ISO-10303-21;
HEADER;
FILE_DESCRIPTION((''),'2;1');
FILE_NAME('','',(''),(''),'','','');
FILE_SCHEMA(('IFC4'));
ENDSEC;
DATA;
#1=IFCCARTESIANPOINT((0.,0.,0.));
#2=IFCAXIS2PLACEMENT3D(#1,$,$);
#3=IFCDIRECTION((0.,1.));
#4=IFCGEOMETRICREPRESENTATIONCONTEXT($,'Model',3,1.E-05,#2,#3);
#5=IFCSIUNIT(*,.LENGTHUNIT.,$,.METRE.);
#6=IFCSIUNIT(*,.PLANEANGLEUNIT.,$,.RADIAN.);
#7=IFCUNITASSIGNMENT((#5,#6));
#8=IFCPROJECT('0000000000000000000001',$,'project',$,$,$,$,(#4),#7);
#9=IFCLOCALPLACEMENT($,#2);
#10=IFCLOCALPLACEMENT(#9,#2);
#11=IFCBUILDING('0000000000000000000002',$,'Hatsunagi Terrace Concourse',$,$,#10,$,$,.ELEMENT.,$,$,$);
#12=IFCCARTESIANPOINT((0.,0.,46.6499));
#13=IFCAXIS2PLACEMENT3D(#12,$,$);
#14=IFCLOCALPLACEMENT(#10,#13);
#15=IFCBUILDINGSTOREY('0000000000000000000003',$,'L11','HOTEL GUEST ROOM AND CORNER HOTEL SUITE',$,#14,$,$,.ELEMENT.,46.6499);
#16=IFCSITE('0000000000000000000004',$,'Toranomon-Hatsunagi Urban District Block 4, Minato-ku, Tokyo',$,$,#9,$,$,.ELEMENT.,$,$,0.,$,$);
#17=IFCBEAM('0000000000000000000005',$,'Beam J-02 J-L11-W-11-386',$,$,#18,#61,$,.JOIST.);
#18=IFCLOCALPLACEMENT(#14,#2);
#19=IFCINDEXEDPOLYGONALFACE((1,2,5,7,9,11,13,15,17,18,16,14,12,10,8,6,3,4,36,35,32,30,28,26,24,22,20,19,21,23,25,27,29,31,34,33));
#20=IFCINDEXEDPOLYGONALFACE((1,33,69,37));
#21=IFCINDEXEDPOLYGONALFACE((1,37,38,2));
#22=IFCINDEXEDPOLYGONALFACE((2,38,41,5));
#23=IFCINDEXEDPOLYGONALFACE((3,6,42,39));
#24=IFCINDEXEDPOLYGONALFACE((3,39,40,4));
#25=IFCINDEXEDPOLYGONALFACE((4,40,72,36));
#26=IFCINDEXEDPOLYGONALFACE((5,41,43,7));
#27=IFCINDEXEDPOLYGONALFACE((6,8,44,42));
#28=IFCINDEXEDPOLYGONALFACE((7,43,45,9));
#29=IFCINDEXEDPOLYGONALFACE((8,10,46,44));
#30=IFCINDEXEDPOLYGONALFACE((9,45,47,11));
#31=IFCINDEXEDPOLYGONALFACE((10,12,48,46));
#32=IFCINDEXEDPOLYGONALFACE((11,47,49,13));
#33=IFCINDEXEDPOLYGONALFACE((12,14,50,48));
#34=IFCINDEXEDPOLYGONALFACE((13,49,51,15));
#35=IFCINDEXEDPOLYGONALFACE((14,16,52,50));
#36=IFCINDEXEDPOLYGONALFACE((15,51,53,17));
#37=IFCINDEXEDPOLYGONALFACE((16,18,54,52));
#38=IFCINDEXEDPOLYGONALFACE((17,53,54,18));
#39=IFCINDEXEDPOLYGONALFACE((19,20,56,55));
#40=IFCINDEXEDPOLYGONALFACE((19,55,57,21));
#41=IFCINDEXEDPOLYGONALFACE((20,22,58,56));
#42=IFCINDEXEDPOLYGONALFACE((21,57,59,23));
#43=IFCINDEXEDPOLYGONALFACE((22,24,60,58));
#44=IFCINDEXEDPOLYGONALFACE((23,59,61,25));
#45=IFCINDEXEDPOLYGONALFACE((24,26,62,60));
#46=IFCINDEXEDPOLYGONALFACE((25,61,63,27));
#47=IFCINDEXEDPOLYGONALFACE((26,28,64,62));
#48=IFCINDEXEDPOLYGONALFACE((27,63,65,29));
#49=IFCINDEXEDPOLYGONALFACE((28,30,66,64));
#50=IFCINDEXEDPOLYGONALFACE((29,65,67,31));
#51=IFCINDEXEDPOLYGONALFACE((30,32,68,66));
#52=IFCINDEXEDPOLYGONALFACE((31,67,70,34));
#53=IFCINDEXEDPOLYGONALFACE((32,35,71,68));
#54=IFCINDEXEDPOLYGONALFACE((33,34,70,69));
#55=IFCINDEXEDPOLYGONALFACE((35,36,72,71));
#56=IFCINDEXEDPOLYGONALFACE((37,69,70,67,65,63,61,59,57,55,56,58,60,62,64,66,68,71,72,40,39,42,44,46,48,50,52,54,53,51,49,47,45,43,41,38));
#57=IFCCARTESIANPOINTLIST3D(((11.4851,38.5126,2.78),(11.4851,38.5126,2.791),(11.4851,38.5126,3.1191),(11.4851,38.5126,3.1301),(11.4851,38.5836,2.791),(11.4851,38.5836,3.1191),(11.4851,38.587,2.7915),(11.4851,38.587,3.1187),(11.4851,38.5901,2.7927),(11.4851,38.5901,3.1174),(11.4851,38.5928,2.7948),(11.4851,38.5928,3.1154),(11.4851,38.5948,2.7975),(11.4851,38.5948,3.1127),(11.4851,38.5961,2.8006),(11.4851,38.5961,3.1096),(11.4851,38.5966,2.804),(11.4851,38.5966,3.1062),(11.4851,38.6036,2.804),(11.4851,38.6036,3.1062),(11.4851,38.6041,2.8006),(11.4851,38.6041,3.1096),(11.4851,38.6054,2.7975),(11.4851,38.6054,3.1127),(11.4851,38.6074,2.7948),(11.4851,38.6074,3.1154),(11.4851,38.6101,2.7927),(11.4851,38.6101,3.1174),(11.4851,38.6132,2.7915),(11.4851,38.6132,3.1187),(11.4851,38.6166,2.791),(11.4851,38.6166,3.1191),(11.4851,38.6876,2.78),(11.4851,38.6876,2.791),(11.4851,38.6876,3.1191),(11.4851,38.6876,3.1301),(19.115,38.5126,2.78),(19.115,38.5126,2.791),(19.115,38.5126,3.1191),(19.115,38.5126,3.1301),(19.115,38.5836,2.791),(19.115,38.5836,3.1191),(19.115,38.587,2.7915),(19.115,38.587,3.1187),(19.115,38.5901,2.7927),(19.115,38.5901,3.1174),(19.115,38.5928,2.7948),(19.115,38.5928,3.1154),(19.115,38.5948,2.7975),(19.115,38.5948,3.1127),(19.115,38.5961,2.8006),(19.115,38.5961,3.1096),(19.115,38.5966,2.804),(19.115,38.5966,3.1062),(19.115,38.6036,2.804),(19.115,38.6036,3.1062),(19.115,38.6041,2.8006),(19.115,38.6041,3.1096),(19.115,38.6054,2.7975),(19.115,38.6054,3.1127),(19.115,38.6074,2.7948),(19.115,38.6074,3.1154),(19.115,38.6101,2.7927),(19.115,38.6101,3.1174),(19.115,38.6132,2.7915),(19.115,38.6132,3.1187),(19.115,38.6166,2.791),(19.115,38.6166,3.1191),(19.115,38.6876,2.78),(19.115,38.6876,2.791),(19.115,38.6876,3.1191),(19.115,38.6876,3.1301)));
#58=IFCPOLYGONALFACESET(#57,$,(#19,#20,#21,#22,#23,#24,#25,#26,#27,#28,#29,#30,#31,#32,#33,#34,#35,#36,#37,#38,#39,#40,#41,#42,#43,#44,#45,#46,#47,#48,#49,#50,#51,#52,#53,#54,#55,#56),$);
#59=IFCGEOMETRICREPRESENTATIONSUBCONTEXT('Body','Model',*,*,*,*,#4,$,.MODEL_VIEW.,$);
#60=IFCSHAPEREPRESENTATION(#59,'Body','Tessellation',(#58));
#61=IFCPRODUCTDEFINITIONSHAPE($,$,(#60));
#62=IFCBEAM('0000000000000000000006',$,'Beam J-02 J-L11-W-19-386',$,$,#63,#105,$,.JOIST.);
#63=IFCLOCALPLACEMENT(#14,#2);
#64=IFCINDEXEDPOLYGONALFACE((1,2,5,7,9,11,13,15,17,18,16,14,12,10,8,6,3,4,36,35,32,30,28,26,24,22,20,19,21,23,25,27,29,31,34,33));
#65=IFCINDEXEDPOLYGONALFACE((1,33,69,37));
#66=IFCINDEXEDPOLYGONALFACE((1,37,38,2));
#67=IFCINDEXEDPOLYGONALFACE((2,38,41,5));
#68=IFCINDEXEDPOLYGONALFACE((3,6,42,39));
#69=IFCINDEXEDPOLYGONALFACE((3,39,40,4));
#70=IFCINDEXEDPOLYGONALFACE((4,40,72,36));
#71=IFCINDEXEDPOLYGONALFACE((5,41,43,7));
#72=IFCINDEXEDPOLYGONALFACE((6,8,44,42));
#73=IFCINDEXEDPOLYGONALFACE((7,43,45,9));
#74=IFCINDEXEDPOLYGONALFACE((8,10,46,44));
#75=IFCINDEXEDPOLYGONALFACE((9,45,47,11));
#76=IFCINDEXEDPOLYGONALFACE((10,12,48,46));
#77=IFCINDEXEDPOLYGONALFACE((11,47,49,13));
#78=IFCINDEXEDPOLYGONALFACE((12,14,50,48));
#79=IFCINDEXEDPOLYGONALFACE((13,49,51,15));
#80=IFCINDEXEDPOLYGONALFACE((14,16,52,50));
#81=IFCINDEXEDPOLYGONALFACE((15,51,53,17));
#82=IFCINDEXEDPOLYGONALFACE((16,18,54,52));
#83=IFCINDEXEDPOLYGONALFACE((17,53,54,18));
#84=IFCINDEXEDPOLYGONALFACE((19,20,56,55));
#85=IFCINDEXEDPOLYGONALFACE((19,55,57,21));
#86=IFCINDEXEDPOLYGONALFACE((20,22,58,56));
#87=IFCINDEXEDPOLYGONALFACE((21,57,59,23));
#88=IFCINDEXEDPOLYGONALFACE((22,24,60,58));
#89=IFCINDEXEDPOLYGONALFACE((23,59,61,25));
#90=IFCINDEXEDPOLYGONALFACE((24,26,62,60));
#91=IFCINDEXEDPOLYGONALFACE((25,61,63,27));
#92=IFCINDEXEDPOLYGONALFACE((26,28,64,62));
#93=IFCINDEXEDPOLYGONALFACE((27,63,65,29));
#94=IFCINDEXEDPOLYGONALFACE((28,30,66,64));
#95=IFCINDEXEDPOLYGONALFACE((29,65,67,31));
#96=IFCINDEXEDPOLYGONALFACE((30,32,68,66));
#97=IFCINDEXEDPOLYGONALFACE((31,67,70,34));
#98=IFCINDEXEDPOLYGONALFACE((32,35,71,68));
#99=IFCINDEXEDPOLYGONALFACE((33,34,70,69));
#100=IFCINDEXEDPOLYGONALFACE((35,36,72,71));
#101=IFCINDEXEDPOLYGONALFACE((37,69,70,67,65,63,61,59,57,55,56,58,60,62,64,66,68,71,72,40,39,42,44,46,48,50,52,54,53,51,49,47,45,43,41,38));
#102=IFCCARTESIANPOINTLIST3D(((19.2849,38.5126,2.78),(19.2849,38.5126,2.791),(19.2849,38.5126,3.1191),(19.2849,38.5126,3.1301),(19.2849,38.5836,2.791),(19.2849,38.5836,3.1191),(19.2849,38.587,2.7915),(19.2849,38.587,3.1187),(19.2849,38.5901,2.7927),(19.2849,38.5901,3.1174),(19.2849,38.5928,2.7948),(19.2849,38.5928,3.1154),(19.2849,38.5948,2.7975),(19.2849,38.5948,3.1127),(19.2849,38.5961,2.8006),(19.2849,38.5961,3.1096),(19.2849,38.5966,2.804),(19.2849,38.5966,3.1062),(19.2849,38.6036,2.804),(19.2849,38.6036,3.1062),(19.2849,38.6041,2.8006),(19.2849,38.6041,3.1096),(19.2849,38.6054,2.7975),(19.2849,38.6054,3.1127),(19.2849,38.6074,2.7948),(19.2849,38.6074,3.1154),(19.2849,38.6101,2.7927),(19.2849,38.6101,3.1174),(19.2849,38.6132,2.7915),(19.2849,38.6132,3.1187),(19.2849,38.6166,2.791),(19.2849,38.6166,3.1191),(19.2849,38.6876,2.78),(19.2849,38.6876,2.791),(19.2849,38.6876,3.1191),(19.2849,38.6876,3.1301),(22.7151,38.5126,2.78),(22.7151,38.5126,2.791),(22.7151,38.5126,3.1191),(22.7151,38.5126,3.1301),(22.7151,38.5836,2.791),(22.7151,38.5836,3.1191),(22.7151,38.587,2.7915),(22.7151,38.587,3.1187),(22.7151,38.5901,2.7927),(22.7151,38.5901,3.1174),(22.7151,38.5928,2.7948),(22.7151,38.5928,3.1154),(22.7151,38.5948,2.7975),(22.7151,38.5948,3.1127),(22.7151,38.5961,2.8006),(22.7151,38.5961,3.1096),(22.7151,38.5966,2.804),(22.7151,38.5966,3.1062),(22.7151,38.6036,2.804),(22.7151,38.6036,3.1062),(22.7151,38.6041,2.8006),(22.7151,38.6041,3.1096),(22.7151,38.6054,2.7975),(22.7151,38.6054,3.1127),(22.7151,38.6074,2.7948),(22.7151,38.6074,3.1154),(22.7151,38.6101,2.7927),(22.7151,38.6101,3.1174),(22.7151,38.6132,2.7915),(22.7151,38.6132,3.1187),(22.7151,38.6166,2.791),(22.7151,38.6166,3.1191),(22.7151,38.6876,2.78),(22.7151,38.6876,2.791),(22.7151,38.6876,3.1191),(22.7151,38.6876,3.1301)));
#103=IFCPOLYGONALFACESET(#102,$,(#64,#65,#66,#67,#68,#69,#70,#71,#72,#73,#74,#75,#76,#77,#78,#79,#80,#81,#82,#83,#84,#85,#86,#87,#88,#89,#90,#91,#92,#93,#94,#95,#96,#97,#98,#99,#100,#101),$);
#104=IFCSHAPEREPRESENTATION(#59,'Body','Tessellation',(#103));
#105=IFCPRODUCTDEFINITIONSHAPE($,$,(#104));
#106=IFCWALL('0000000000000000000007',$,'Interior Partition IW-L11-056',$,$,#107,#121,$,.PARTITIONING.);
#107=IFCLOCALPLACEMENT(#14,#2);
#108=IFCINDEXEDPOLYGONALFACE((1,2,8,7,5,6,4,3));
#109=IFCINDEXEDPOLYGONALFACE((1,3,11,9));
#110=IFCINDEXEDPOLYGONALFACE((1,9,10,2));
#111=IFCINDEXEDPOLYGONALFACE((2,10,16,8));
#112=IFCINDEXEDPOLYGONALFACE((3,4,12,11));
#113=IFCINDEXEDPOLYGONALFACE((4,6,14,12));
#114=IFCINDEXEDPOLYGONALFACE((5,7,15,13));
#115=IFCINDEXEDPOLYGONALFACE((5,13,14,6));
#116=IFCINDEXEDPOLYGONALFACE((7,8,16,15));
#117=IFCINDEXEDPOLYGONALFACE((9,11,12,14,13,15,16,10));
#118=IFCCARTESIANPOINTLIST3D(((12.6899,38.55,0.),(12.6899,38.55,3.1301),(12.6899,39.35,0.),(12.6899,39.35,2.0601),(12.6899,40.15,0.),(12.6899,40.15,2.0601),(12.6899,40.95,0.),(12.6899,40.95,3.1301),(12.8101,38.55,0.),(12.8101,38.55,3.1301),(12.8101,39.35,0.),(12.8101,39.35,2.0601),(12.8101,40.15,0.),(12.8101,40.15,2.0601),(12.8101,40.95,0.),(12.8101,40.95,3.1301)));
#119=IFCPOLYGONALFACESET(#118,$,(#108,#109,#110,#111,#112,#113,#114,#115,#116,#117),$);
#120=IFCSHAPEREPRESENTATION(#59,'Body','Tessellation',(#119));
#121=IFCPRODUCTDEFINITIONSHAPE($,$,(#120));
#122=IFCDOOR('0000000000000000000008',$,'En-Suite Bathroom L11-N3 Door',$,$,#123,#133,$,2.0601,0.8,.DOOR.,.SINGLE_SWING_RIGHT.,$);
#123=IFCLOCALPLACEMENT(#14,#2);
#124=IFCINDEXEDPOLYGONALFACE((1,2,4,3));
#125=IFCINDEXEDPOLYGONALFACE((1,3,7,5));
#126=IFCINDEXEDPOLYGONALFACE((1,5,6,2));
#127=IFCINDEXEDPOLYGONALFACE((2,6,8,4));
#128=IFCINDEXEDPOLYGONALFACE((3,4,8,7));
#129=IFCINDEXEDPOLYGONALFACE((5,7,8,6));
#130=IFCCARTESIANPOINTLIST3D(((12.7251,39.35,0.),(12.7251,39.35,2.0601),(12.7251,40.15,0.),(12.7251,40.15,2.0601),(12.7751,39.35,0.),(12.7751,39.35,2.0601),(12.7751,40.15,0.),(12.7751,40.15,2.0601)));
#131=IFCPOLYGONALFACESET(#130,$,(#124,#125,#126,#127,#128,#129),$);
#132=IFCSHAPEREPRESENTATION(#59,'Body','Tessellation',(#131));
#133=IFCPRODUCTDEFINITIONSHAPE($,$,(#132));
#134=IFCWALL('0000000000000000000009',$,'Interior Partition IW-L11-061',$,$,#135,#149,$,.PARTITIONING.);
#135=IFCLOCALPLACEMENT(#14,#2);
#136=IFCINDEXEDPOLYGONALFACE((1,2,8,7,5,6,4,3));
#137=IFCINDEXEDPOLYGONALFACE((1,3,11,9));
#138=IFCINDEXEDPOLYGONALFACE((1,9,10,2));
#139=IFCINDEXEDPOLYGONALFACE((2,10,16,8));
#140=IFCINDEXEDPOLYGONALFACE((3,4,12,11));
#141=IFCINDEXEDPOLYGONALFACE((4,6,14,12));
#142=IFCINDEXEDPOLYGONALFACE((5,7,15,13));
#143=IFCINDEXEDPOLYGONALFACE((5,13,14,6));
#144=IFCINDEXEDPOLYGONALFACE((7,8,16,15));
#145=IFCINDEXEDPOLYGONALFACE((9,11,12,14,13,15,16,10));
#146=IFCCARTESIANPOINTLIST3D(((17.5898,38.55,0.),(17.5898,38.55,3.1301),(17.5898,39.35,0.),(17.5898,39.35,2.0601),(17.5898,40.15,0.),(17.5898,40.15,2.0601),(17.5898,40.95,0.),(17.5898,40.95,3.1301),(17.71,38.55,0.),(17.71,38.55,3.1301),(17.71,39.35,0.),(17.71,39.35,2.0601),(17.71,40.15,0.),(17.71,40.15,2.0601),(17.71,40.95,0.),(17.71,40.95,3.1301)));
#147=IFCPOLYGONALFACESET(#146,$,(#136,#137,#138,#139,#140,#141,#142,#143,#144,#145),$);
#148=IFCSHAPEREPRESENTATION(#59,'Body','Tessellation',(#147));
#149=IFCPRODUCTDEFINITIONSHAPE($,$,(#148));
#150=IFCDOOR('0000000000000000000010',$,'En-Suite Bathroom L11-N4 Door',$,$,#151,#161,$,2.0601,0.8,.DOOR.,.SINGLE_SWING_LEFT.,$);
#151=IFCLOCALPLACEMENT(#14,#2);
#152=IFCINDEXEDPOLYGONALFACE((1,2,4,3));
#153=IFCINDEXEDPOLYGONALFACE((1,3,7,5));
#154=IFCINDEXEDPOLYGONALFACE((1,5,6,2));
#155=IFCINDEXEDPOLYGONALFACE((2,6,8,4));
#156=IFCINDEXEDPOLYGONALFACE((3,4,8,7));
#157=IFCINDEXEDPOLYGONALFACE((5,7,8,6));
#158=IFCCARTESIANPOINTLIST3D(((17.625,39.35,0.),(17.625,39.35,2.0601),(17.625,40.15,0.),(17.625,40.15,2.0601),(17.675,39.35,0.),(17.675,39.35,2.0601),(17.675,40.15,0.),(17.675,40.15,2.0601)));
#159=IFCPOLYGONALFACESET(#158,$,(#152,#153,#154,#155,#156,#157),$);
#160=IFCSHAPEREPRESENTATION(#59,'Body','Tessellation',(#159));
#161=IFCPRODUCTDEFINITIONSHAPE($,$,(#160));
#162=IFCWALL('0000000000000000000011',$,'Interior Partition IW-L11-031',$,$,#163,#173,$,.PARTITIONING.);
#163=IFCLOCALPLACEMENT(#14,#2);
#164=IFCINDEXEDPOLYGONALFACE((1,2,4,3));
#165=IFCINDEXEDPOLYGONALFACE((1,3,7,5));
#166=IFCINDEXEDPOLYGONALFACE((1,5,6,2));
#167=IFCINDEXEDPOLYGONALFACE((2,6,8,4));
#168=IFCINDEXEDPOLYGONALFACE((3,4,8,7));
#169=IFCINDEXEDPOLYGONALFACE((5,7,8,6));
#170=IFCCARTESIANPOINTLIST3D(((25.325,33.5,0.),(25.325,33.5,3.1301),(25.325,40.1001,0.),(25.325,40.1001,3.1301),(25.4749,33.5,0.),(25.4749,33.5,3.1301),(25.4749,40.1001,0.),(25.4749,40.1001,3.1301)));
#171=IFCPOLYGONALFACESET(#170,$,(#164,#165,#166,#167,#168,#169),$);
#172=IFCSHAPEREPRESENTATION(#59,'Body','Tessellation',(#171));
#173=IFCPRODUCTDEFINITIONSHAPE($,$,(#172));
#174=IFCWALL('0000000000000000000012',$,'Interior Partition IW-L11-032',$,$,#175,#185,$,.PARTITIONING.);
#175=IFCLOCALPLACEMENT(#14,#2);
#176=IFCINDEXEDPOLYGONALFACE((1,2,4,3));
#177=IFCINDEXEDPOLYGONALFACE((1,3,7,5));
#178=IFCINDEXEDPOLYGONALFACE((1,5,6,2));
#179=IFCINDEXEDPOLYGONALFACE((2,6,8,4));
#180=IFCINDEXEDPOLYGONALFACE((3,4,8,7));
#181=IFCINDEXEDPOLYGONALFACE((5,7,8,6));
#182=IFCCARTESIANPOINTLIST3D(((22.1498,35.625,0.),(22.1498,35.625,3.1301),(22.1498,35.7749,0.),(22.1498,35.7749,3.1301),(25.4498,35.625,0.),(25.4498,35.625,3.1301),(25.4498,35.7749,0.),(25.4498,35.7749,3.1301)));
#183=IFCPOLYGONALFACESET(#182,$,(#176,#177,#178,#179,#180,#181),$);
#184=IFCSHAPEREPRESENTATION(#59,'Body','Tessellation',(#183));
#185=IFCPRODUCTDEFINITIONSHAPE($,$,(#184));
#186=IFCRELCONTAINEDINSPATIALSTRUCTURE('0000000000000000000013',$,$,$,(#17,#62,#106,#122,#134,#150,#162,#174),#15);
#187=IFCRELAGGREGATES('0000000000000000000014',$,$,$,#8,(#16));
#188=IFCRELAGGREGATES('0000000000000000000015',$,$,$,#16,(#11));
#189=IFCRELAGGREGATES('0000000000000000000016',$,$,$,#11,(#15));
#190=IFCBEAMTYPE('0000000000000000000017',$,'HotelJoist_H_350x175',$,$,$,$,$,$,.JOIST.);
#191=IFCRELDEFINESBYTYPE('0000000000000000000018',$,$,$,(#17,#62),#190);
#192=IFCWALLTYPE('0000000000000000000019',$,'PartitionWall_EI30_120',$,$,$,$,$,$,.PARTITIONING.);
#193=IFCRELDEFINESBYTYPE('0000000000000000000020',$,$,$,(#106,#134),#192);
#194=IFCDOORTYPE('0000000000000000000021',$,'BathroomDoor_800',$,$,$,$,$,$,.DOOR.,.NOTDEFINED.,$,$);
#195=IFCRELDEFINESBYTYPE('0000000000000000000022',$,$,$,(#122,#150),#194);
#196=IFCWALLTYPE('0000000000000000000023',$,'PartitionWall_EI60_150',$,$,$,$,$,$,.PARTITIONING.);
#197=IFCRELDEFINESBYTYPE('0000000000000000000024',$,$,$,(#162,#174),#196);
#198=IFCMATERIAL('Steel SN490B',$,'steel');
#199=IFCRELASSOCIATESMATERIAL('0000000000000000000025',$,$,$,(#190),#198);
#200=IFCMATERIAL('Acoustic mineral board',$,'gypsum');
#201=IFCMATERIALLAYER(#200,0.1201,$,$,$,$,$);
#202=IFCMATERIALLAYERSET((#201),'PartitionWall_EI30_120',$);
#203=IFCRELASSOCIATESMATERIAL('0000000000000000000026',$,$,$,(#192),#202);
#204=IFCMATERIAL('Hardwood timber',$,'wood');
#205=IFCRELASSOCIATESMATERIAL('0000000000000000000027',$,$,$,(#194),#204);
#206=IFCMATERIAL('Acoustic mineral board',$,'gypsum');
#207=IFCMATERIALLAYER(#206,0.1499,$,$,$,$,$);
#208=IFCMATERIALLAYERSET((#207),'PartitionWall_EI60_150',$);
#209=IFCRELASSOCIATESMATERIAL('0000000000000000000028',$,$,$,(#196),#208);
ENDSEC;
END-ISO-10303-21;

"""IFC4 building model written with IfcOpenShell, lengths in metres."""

from ifc_helpers import new_model, si_unit, direction, frame, frame_2d, origin, origin_2d, place, context, subcontext, project, spatial, rectangle, i_section, extrude, material, layer, layer_set, material_profile, profile_set, type_object, element, fill, save


model = new_model("IFC4")

# Units and contexts
model_context = context("Model", 3, precision=1e-05, world=origin(), true_north=direction((0.0, 1.0)))
body_context = subcontext(model_context, "Body", "Model", "MODEL_VIEW")
ifc_project = project(units=[si_unit("LENGTHUNIT", "METRE"), si_unit("PLANEANGLEUNIT", "RADIAN")], contexts=[model_context])

# Site, building, storey
site_placement = place(None, origin())
site = spatial("IfcSite", under=ifc_project, at=site_placement, Name="Toranomon-Hatsunagi Urban District Block 4, Minato-ku, Tokyo", CompositionType="ELEMENT", RefElevation=0.0)
building_placement = place(site_placement, origin())
building = spatial("IfcBuilding", under=site, at=building_placement, Name="Hatsunagi Terrace Concourse", CompositionType="ELEMENT")
storey_placement = place(building_placement, frame((0.0, 0.0, 46.6499)))
storey = spatial("IfcBuildingStorey", under=building, at=storey_placement, Name="L11", Description="HOTEL GUEST ROOM AND CORNER HOTEL SUITE", CompositionType="ELEMENT", Elevation=46.6499)

# Beams
ifc_material_1 = material(Name="Steel SN490B", Category="steel")
ifc_material_profile_1 = material_profile(ifc_material_1, i_section(OverallWidth=0.175, OverallDepth=0.3501, WebThickness=0.0071, FlangeThickness=0.011, FilletRadius=0.0129, at=origin_2d()), Name="H-350x175x7x11")
ifc_profile_set_1 = profile_set([ifc_material_profile_1], Name="Steel SN490B")
beam_type_1 = type_object("IfcBeamType", Name="HotelJoist_H_350x175", PredefinedType="JOIST", material=ifc_profile_set_1)
beam_1_placement = place(storey_placement, frame((11.4851, 38.6001, 2.9551), z_axis=(1.0, 0.0, 0.0), x_axis=(0.0, 1.0, 0.0)))
element("IfcBeam", 1, at=beam_1_placement, inside=storey, type_object=beam_type_1, Name="Beam J-02 J-L11-W-11-386", PredefinedType="JOIST", context=body_context, shape_type="SweptSolid", body=[
    extrude(i_section(OverallWidth=0.175, OverallDepth=0.3501, WebThickness=0.0071, FlangeThickness=0.011, FilletRadius=0.0129, at=origin_2d()), origin(), (0.0, 0.0, 1.0), 7.6299),
])
beam_2_placement = place(storey_placement, frame((19.2849, 38.6001, 2.9551), z_axis=(1.0, 0.0, 0.0), x_axis=(0.0, 1.0, 0.0)))
element("IfcBeam", 2, at=beam_2_placement, inside=storey, type_object=beam_type_1, Name="Beam J-02 J-L11-W-19-386", PredefinedType="JOIST", context=body_context, shape_type="SweptSolid", body=[
    extrude(i_section(OverallWidth=0.175, OverallDepth=0.3501, WebThickness=0.0071, FlangeThickness=0.011, FilletRadius=0.0129, at=origin_2d()), origin(), (0.0, 0.0, 1.0), 3.4302),
])

# Walls, openings, doors
ifc_material_2 = material(Name="Acoustic mineral board", Category="gypsum")
ifc_layer_1 = layer(ifc_material_2, 0.1201)
ifc_layer_set_1 = layer_set([ifc_layer_1], Name="PartitionWall_EI30_120")
wall_type_1 = type_object("IfcWallType", Name="PartitionWall_EI30_120", PredefinedType="PARTITIONING", material=ifc_layer_set_1)
wall_1_placement = place(storey_placement, frame((12.75, 38.55, 0.0), z_axis=(0.0, 0.0, 1.0), x_axis=(0.0, 1.0, 0.0)))
wall_1 = element("IfcWall", 3, at=wall_1_placement, inside=storey, type_object=wall_type_1, Name="Interior Partition IW-L11-056", PredefinedType="PARTITIONING", context=body_context, shape_type="SweptSolid", body=[
    extrude(rectangle(XDim=2.3999, YDim=0.1201, at=frame_2d((1.2, 0.0))), origin(), (0.0, 0.0, 1.0), 3.1301),
])
opening_1_placement = place(wall_1_placement, frame((0.8, 0.0, 0.0)))
opening_1 = element("IfcOpeningElement", 4, at=opening_1_placement, cuts=wall_1, PredefinedType="OPENING", context=body_context, shape_type="SweptSolid", body=[
    extrude(rectangle(XDim=0.8, YDim=2.0601, at=frame_2d((0.3999, 1.03))), frame((0.0, 0.0701, 0.0), z_axis=(0.0, -1.0, 0.0), x_axis=(1.0, 0.0, 0.0)), (0.0, 0.0, 1.0), 0.1401),
])
ifc_material_3 = material(Name="Hardwood timber", Category="wood")
door_type_1 = type_object("IfcDoorType", Name="BathroomDoor_800", OperationType="NOTDEFINED", PredefinedType="DOOR", material=ifc_material_3)
door_1_placement = place(opening_1_placement, origin())
door_1 = element("IfcDoor", 5, at=door_1_placement, inside=storey, type_object=door_type_1, Name="En-Suite Bathroom L11-N3 Door", OperationType="SINGLE_SWING_RIGHT", OverallHeight=2.0601, OverallWidth=0.8, PredefinedType="DOOR", context=body_context, shape_type="SweptSolid", body=[
    extrude(rectangle(XDim=0.8, YDim=2.0601, at=frame_2d((0.3999, 1.03))), frame((0.0, 0.0249, 0.0), z_axis=(0.0, -1.0, 0.0), x_axis=(1.0, 0.0, 0.0)), (0.0, 0.0, 1.0), 0.05),
])
fill(opening_1, door_1)
wall_2_placement = place(storey_placement, frame((17.6499, 38.55, 0.0), z_axis=(0.0, 0.0, 1.0), x_axis=(0.0, 1.0, 0.0)))
wall_2 = element("IfcWall", 6, at=wall_2_placement, inside=storey, type_object=wall_type_1, Name="Interior Partition IW-L11-061", PredefinedType="PARTITIONING", context=body_context, shape_type="SweptSolid", body=[
    extrude(rectangle(XDim=2.3999, YDim=0.1201, at=frame_2d((1.2, 0.0))), origin(), (0.0, 0.0, 1.0), 3.1301),
])
opening_2_placement = place(wall_2_placement, frame((0.8, 0.0, 0.0)))
opening_2 = element("IfcOpeningElement", 7, at=opening_2_placement, cuts=wall_2, PredefinedType="OPENING", context=body_context, shape_type="SweptSolid", body=[
    extrude(rectangle(XDim=0.8, YDim=2.0601, at=frame_2d((0.3999, 1.03))), frame((0.0, 0.0701, 0.0), z_axis=(0.0, -1.0, 0.0), x_axis=(1.0, 0.0, 0.0)), (0.0, 0.0, 1.0), 0.1401),
])
door_2_placement = place(opening_2_placement, origin())
door_2 = element("IfcDoor", 8, at=door_2_placement, inside=storey, type_object=door_type_1, Name="En-Suite Bathroom L11-N4 Door", OperationType="SINGLE_SWING_LEFT", OverallHeight=2.0601, OverallWidth=0.8, PredefinedType="DOOR", context=body_context, shape_type="SweptSolid", body=[
    extrude(rectangle(XDim=0.8, YDim=2.0601, at=frame_2d((0.3999, 1.03))), frame((0.0, 0.0249, 0.0), z_axis=(0.0, -1.0, 0.0), x_axis=(1.0, 0.0, 0.0)), (0.0, 0.0, 1.0), 0.05),
])
fill(opening_2, door_2)

# Walls
ifc_material_4 = material(Name="Acoustic mineral board", Category="gypsum")
ifc_layer_2 = layer(ifc_material_4, 0.1499)
ifc_layer_set_2 = layer_set([ifc_layer_2], Name="PartitionWall_EI60_150")
wall_type_2 = type_object("IfcWallType", Name="PartitionWall_EI60_150", PredefinedType="PARTITIONING", material=ifc_layer_set_2)
wall_3_placement = place(storey_placement, frame((25.3999, 33.5, 0.0), z_axis=(0.0, 0.0, 1.0), x_axis=(0.0, 1.0, 0.0)))
element("IfcWall", 9, at=wall_3_placement, inside=storey, type_object=wall_type_2, Name="Interior Partition IW-L11-031", PredefinedType="PARTITIONING", context=body_context, shape_type="SweptSolid", body=[
    extrude(rectangle(XDim=6.6001, YDim=0.1499, at=frame_2d((3.3, 0.0))), origin(), (0.0, 0.0, 1.0), 3.1301),
])
for number, where, z_axis, x_axis, name in (
    (10, (22.1499, 35.7, 0.0), (0.0, 0.0, 1.0), (1.0, 0.0, 0.0), "Interior Partition IW-L11-032"),
):
    element("IfcWall", number, at=place(storey_placement, frame(where, z_axis=z_axis, x_axis=x_axis)), inside=storey, type_object=wall_type_2, Name=name, PredefinedType="PARTITIONING", context=body_context, shape_type="SweptSolid", body=[
        extrude(rectangle(XDim=3.3, YDim=0.1499, at=frame_2d((1.6499, 0.0))), origin(), (0.0, 0.0, 1.0), 3.1301),
    ])

save(model, "model.ifc")
